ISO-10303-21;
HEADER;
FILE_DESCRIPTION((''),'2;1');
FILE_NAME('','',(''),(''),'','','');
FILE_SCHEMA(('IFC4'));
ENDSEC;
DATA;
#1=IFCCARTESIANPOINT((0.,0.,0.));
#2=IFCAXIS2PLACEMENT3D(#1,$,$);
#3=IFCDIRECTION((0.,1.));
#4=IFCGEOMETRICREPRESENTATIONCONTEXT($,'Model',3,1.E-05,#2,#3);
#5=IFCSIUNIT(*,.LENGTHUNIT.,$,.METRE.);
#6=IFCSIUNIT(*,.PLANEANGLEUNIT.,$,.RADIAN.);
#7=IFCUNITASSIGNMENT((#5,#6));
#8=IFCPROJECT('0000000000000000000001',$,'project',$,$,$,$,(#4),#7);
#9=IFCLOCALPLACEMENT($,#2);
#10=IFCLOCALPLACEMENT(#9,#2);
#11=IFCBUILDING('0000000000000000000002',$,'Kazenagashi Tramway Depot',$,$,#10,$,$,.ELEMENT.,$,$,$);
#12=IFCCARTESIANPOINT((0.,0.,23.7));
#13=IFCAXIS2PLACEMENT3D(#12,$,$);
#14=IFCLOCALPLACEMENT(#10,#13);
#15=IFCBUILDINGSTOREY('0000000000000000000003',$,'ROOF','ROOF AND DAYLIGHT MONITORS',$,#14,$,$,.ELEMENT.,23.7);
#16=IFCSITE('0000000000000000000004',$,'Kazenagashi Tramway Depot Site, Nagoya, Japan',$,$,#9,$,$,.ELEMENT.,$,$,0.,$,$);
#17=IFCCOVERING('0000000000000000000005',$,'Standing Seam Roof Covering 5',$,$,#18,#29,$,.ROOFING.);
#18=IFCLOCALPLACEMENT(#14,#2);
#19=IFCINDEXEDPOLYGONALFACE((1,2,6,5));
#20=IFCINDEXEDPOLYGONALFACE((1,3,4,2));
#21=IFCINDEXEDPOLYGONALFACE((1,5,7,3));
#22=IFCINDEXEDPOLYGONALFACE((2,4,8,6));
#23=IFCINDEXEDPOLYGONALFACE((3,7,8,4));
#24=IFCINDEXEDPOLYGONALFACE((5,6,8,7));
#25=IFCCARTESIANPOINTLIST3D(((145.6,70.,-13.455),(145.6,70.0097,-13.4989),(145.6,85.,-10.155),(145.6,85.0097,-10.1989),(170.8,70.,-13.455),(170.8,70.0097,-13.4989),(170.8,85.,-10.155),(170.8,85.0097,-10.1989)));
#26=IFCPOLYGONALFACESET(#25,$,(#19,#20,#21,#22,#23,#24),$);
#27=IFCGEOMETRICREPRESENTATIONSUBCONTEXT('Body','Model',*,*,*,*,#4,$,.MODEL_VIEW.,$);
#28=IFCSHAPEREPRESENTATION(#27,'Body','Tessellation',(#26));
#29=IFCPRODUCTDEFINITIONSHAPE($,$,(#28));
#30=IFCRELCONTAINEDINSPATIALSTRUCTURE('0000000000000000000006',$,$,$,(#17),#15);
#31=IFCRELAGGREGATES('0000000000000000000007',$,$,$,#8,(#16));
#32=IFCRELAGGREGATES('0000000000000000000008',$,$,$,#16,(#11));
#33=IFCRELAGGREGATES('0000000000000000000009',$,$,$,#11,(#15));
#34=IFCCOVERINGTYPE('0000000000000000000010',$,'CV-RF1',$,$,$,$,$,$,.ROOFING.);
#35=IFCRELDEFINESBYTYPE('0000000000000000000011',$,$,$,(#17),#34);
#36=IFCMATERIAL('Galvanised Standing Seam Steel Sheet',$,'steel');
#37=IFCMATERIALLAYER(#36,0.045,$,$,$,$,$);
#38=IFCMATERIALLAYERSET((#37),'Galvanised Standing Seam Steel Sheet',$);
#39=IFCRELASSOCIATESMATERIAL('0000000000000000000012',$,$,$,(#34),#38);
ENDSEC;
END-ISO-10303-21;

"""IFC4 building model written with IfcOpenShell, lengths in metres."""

from ifc_helpers import new_model, si_unit, direction, frame, origin, place, context, subcontext, project, spatial, polyline, outline, extrude, material, layer, layer_set, type_object, element, save


model = new_model("IFC4")

# Units and contexts
model_context = context("Model", 3, precision=1e-05, world=origin(), true_north=direction((0.0, 1.0)))
body_context = subcontext(model_context, "Body", "Model", "MODEL_VIEW")
ifc_project = project(units=[si_unit("LENGTHUNIT", "METRE"), si_unit("PLANEANGLEUNIT", "RADIAN")], contexts=[model_context])

# Site, building, storey
site_placement = place(None, origin())
site = spatial("IfcSite", under=ifc_project, at=site_placement, Name="Kazenagashi Tramway Depot Site, Nagoya, Japan", CompositionType="ELEMENT", RefElevation=0.0)
building_placement = place(site_placement, origin())
building = spatial("IfcBuilding", under=site, at=building_placement, Name="Kazenagashi Tramway Depot", CompositionType="ELEMENT")
storey_placement = place(building_placement, frame((0.0, 0.0, 23.7)))
storey = spatial("IfcBuildingStorey", under=building, at=storey_placement, Name="ROOF", Description="ROOF AND DAYLIGHT MONITORS", CompositionType="ELEMENT", Elevation=23.7)

# Shared definitions
ifc_material_1 = material(Name="Galvanised Standing Seam Steel Sheet", Category="steel")

# Covering
ifc_layer_1 = layer(ifc_material_1, 0.045)
ifc_layer_set_1 = layer_set([ifc_layer_1], Name="Galvanised Standing Seam Steel Sheet")
covering_type = type_object("IfcCoveringType", Name="CV-RF1", PredefinedType="ROOFING", material=ifc_layer_set_1)
covering_placement = place(storey_placement, frame((145.6, 70.0, -13.455), z_axis=(0.0, -0.214862, 0.976644), x_axis=(1.0, 0.0, 0.0)))
element("IfcCovering", 1, at=covering_placement, inside=storey, type_object=covering_type, Name="Standing Seam Roof Covering 5", PredefinedType="ROOFING", context=body_context, shape_type="SweptSolid", body=[
    extrude(outline(polyline([(0.0, 0.0), (25.2, 0.0), (25.2, 15.3587), (0.0, 15.3587), (0.0, 0.0)])), origin(), (0.0, 0.0, -1.0), 0.045),
])

save(model, "model.ifc")
